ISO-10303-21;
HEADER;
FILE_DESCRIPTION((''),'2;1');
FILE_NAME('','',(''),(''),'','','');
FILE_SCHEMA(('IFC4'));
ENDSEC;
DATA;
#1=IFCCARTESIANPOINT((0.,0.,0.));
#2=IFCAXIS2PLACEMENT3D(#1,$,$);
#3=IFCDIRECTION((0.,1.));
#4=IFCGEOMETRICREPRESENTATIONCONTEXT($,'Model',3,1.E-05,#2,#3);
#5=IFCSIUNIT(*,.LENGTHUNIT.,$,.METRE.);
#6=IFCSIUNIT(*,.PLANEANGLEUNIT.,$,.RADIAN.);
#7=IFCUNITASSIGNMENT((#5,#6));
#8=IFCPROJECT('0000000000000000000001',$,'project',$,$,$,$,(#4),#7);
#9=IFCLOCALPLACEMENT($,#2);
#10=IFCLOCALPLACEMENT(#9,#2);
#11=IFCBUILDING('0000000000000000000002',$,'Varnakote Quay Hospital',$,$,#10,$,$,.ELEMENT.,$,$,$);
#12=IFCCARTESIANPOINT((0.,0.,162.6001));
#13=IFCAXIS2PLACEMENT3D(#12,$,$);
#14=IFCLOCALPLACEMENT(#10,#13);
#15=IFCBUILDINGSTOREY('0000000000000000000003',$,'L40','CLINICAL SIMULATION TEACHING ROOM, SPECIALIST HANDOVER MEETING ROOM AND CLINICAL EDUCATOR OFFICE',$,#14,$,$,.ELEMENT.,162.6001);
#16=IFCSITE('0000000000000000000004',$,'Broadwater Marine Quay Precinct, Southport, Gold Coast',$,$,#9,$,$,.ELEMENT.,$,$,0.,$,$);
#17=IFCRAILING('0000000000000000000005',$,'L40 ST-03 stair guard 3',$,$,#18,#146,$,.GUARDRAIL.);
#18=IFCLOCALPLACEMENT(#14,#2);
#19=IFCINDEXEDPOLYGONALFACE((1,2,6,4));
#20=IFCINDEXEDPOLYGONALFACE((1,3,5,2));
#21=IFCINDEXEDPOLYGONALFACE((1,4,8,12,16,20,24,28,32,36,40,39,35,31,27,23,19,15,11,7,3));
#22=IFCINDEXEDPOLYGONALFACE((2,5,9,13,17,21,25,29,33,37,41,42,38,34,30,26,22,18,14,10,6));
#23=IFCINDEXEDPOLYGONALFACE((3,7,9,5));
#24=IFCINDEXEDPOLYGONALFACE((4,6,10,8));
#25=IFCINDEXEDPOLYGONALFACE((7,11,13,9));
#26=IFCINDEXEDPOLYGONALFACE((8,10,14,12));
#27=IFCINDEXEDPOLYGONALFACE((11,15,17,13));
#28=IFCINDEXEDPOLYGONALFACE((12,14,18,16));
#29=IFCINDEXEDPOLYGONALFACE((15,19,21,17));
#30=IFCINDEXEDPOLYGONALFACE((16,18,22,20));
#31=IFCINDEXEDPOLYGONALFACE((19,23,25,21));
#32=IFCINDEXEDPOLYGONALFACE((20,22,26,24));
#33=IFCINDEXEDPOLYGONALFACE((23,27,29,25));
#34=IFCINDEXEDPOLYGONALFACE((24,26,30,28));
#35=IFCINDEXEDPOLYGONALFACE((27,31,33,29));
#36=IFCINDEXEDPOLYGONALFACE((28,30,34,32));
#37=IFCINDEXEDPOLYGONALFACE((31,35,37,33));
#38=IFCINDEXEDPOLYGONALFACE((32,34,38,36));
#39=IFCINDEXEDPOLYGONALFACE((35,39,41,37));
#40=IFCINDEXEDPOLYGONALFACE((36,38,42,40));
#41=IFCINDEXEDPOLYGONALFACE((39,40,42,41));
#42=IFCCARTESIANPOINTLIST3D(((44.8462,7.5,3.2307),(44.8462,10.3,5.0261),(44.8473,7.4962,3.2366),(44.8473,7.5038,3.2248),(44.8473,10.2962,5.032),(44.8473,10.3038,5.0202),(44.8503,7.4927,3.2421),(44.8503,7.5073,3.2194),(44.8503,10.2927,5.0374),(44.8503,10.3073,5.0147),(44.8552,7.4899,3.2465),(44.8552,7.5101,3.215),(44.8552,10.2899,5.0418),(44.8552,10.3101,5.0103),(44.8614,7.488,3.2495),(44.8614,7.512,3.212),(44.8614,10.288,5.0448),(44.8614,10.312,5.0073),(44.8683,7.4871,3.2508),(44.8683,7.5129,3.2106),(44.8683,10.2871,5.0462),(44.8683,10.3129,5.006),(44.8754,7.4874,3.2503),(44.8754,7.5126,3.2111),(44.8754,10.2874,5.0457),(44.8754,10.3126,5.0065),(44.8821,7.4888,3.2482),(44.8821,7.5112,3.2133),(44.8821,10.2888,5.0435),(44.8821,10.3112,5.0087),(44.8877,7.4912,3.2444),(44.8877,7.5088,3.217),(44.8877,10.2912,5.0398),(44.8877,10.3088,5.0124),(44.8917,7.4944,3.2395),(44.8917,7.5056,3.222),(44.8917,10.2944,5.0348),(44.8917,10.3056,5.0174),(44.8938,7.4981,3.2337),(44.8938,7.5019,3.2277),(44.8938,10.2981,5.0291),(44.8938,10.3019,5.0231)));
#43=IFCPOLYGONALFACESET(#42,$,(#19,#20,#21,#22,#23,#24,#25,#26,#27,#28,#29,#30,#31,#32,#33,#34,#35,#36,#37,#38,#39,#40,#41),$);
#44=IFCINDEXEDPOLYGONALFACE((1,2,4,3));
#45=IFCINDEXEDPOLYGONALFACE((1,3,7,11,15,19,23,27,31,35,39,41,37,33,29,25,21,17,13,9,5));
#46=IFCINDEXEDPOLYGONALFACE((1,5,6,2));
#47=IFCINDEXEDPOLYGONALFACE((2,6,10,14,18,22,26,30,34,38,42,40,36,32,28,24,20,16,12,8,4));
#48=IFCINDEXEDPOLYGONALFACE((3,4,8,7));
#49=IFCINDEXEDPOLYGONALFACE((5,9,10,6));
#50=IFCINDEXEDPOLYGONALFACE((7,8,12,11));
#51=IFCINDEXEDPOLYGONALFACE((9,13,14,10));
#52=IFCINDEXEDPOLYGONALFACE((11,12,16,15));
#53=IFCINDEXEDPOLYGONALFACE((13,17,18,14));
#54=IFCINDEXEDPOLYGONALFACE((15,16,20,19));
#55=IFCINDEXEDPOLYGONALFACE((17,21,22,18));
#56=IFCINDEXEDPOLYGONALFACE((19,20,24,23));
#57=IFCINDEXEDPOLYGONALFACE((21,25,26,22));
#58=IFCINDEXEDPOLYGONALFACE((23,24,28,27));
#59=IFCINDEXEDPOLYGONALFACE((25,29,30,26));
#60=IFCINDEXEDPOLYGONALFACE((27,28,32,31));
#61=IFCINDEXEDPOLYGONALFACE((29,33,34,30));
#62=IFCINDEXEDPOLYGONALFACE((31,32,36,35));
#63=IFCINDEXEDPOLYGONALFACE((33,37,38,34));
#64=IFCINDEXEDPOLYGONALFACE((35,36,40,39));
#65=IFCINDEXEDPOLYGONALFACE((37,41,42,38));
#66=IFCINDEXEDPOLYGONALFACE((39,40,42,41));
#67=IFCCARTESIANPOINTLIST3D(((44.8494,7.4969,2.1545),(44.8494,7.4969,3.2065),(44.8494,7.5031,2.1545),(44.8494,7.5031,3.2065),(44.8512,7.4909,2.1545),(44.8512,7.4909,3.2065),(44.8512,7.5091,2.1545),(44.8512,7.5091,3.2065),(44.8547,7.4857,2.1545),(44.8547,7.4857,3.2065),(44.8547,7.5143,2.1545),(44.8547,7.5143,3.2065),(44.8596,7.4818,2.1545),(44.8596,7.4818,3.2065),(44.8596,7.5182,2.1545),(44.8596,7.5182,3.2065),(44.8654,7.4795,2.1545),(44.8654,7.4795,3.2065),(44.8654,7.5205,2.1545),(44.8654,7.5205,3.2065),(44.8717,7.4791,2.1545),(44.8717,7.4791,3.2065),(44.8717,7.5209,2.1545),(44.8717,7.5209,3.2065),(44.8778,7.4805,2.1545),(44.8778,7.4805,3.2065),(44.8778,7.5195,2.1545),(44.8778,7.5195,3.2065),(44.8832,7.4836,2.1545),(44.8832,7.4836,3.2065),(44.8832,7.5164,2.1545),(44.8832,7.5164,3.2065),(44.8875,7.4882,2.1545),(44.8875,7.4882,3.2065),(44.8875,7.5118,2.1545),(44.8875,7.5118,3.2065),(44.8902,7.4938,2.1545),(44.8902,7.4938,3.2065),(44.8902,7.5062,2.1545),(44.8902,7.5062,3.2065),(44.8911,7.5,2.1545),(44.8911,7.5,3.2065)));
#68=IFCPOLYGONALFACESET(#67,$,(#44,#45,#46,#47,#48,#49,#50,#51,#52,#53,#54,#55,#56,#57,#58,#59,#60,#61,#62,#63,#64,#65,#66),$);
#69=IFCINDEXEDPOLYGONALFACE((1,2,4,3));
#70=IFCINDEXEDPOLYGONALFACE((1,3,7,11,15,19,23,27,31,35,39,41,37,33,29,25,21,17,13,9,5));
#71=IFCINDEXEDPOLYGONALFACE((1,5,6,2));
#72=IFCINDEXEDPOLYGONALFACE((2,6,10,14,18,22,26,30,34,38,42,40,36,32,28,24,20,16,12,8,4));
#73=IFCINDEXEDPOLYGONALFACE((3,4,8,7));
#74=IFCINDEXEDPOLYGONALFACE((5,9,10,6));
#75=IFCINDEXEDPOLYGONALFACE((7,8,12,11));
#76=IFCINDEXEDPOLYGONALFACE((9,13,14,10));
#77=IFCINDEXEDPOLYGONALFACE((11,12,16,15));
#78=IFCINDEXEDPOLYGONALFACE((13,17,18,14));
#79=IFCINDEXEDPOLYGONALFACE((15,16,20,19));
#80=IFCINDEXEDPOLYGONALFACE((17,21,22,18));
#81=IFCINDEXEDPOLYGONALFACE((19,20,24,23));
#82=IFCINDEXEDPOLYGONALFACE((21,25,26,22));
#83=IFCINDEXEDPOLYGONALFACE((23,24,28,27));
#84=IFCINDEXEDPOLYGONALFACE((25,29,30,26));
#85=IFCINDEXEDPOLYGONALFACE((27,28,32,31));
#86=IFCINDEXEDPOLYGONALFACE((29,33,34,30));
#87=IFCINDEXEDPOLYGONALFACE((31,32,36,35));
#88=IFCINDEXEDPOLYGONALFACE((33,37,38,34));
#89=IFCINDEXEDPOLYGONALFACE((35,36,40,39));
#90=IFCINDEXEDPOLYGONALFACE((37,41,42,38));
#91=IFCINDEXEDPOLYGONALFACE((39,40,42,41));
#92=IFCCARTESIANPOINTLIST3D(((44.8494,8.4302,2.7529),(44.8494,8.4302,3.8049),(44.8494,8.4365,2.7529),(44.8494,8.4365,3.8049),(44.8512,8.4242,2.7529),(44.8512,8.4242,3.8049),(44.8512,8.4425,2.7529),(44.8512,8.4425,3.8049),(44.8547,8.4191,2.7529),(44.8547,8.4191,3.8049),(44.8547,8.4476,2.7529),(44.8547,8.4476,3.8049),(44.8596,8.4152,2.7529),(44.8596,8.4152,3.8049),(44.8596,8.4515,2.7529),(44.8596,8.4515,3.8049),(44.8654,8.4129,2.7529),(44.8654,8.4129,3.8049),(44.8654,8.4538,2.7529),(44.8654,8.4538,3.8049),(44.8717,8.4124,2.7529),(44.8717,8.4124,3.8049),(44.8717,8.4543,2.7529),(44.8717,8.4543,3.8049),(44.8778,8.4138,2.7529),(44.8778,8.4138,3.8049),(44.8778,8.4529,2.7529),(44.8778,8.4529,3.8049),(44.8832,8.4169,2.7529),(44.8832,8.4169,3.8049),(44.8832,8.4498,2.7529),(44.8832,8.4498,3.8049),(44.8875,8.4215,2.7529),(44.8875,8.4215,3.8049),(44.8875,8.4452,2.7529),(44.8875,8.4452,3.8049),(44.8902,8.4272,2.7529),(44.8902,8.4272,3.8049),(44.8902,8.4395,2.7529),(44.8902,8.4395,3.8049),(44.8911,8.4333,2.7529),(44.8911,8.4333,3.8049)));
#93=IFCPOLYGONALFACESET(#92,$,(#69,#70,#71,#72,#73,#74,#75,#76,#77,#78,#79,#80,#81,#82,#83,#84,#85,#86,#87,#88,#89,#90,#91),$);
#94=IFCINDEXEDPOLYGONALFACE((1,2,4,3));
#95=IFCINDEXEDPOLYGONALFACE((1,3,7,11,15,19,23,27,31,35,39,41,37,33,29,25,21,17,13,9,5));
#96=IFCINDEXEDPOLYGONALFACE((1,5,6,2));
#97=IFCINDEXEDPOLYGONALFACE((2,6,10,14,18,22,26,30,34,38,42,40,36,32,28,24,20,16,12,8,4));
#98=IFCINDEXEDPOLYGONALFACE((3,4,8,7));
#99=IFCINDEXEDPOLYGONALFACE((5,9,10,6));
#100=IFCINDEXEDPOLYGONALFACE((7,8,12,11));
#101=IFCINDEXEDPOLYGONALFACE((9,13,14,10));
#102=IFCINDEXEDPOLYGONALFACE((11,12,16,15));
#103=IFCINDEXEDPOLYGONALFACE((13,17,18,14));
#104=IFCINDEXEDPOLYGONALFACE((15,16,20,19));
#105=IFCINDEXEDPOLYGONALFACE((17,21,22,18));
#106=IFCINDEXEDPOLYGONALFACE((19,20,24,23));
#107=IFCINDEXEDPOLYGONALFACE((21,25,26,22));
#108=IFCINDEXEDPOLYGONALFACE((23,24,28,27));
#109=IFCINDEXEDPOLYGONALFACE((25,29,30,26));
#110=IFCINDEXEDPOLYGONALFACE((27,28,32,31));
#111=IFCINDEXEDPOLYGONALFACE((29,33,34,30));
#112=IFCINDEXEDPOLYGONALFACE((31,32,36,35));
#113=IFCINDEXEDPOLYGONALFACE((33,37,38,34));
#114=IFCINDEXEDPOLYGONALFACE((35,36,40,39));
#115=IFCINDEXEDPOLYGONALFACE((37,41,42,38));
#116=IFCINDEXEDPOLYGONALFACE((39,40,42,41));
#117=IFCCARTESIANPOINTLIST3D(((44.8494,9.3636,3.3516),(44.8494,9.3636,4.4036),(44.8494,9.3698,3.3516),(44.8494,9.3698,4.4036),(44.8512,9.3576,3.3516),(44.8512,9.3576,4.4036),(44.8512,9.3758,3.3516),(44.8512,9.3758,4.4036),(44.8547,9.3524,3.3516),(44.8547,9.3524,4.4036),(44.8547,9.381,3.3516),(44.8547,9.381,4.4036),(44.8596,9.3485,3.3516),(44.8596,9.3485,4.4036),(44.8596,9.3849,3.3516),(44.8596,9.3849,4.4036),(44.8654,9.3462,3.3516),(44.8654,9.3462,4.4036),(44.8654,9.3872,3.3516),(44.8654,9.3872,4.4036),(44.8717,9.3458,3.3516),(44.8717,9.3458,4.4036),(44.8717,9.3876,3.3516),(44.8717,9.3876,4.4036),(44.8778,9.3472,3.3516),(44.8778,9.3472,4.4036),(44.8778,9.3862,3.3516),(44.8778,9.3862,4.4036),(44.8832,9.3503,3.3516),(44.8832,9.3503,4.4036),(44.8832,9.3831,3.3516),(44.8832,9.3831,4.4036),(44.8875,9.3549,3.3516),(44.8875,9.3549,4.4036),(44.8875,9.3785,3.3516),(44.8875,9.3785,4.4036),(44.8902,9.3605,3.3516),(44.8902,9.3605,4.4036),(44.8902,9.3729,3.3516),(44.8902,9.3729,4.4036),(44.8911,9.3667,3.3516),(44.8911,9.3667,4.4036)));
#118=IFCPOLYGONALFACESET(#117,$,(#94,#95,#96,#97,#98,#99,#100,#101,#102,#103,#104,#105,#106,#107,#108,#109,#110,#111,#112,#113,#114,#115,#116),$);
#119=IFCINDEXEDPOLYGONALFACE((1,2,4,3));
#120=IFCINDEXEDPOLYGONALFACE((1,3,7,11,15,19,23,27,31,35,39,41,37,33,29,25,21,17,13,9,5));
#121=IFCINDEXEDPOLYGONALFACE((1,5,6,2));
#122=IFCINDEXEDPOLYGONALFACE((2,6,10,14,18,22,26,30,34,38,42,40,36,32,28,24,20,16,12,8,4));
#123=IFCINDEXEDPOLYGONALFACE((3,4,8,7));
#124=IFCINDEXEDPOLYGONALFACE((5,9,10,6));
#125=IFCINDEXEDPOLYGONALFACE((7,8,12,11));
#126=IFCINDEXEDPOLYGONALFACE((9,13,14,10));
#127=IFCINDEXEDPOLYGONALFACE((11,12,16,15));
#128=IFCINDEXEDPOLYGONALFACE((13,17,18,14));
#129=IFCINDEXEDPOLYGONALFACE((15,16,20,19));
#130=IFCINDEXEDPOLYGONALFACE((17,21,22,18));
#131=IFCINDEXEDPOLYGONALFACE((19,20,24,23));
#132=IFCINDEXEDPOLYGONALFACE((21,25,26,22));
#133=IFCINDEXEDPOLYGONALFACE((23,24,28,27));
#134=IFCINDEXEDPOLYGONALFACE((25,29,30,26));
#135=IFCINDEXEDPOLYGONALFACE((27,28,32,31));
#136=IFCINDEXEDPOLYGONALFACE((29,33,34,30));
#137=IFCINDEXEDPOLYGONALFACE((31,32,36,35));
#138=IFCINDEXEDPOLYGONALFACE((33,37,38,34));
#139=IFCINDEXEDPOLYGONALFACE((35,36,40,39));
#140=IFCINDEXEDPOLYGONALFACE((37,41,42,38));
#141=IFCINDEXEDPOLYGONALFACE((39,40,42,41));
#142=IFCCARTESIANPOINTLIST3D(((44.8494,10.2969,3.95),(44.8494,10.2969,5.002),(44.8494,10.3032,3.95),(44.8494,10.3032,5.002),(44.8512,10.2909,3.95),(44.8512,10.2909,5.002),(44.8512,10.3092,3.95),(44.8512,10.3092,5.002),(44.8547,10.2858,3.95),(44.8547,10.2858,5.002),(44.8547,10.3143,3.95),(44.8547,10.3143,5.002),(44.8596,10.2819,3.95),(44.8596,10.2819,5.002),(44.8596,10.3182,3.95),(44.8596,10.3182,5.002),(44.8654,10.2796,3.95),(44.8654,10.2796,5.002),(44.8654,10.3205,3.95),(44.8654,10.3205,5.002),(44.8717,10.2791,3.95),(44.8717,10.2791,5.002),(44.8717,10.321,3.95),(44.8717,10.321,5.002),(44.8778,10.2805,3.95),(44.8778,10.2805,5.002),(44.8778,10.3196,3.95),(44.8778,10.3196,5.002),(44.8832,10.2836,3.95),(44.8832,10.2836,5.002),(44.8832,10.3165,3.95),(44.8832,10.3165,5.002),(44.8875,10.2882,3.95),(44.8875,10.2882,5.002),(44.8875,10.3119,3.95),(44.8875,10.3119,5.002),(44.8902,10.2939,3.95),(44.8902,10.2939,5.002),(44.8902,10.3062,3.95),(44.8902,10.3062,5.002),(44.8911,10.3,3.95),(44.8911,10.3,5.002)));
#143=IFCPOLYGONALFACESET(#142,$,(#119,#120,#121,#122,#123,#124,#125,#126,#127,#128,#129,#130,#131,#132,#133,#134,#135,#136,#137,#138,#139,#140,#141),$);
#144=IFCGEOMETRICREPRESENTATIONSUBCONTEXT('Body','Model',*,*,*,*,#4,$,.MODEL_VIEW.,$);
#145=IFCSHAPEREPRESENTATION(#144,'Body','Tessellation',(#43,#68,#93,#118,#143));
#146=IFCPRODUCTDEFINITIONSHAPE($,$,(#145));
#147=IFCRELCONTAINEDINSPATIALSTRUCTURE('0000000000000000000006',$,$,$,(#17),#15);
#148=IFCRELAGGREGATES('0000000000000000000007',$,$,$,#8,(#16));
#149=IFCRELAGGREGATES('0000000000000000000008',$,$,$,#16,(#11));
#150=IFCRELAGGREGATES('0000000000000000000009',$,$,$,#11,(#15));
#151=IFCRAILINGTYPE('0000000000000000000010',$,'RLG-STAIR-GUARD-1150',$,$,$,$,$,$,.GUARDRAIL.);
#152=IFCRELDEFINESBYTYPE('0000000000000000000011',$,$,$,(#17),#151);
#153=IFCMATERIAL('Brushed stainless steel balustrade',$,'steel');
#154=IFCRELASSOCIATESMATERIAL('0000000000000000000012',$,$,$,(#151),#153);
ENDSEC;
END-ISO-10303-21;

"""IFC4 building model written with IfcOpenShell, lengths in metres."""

from ifc_helpers import new_model, si_unit, direction, frame, origin, origin_2d, place, context, subcontext, project, spatial, circle, extrude, material, type_object, element, save


model = new_model("IFC4")

# Units and contexts
model_context = context("Model", 3, precision=1e-05, world=origin(), true_north=direction((0.0, 1.0)))
body_context = subcontext(model_context, "Body", "Model", "MODEL_VIEW")
ifc_project = project(units=[si_unit("LENGTHUNIT", "METRE"), si_unit("PLANEANGLEUNIT", "RADIAN")], contexts=[model_context])

# Site, building, storey
site_placement = place(None, origin())
site = spatial("IfcSite", under=ifc_project, at=site_placement, Name="Broadwater Marine Quay Precinct, Southport, Gold Coast", CompositionType="ELEMENT", RefElevation=0.0)
building_placement = place(site_placement, origin())
building = spatial("IfcBuilding", under=site, at=building_placement, Name="Varnakote Quay Hospital", CompositionType="ELEMENT")
storey_placement = place(building_placement, frame((0.0, 0.0, 162.6001)))
storey = spatial("IfcBuildingStorey", under=building, at=storey_placement, Name="L40", Description="CLINICAL SIMULATION TEACHING ROOM, SPECIALIST HANDOVER MEETING ROOM AND CLINICAL EDUCATOR OFFICE", CompositionType="ELEMENT", Elevation=162.6001)

# Railing
ifc_material_1 = material(Name="Brushed stainless steel balustrade", Category="steel")
railing_type_1 = type_object("IfcRailingType", Name="RLG-STAIR-GUARD-1150", PredefinedType="GUARDRAIL", material=ifc_material_1)
railing_1_placement = place(storey_placement, frame((44.8701, 7.5, 2.1545)))
element("IfcRailing", 1, at=railing_1_placement, inside=storey, type_object=railing_type_1, Name="L40 ST-03 stair guard 3", PredefinedType="GUARDRAIL", context=body_context, shape_type="SweptSolid", body=[
    extrude(circle(Radius=0.0239, at=origin_2d()), frame((0.0, 0.0, 1.0762), z_axis=(0.0, 0.84181, 0.539774), x_axis=(-1.0, 0.0, 0.0)), (0.0, 0.0, 1.0), 3.3262),
    extrude(circle(Radius=0.021, at=origin_2d()), origin(), (0.0, 0.0, 1.0), 1.052),
    extrude(circle(Radius=0.021, at=origin_2d()), frame((0.0, 0.9333, 0.5984)), (0.0, 0.0, 1.0), 1.052),
    extrude(circle(Radius=0.021, at=origin_2d()), frame((0.0, 1.8667, 1.197)), (0.0, 0.0, 1.0), 1.052),
    extrude(circle(Radius=0.021, at=origin_2d()), frame((0.0, 2.8, 1.7954)), (0.0, 0.0, 1.0), 1.052),
])

save(model, "model.ifc")
